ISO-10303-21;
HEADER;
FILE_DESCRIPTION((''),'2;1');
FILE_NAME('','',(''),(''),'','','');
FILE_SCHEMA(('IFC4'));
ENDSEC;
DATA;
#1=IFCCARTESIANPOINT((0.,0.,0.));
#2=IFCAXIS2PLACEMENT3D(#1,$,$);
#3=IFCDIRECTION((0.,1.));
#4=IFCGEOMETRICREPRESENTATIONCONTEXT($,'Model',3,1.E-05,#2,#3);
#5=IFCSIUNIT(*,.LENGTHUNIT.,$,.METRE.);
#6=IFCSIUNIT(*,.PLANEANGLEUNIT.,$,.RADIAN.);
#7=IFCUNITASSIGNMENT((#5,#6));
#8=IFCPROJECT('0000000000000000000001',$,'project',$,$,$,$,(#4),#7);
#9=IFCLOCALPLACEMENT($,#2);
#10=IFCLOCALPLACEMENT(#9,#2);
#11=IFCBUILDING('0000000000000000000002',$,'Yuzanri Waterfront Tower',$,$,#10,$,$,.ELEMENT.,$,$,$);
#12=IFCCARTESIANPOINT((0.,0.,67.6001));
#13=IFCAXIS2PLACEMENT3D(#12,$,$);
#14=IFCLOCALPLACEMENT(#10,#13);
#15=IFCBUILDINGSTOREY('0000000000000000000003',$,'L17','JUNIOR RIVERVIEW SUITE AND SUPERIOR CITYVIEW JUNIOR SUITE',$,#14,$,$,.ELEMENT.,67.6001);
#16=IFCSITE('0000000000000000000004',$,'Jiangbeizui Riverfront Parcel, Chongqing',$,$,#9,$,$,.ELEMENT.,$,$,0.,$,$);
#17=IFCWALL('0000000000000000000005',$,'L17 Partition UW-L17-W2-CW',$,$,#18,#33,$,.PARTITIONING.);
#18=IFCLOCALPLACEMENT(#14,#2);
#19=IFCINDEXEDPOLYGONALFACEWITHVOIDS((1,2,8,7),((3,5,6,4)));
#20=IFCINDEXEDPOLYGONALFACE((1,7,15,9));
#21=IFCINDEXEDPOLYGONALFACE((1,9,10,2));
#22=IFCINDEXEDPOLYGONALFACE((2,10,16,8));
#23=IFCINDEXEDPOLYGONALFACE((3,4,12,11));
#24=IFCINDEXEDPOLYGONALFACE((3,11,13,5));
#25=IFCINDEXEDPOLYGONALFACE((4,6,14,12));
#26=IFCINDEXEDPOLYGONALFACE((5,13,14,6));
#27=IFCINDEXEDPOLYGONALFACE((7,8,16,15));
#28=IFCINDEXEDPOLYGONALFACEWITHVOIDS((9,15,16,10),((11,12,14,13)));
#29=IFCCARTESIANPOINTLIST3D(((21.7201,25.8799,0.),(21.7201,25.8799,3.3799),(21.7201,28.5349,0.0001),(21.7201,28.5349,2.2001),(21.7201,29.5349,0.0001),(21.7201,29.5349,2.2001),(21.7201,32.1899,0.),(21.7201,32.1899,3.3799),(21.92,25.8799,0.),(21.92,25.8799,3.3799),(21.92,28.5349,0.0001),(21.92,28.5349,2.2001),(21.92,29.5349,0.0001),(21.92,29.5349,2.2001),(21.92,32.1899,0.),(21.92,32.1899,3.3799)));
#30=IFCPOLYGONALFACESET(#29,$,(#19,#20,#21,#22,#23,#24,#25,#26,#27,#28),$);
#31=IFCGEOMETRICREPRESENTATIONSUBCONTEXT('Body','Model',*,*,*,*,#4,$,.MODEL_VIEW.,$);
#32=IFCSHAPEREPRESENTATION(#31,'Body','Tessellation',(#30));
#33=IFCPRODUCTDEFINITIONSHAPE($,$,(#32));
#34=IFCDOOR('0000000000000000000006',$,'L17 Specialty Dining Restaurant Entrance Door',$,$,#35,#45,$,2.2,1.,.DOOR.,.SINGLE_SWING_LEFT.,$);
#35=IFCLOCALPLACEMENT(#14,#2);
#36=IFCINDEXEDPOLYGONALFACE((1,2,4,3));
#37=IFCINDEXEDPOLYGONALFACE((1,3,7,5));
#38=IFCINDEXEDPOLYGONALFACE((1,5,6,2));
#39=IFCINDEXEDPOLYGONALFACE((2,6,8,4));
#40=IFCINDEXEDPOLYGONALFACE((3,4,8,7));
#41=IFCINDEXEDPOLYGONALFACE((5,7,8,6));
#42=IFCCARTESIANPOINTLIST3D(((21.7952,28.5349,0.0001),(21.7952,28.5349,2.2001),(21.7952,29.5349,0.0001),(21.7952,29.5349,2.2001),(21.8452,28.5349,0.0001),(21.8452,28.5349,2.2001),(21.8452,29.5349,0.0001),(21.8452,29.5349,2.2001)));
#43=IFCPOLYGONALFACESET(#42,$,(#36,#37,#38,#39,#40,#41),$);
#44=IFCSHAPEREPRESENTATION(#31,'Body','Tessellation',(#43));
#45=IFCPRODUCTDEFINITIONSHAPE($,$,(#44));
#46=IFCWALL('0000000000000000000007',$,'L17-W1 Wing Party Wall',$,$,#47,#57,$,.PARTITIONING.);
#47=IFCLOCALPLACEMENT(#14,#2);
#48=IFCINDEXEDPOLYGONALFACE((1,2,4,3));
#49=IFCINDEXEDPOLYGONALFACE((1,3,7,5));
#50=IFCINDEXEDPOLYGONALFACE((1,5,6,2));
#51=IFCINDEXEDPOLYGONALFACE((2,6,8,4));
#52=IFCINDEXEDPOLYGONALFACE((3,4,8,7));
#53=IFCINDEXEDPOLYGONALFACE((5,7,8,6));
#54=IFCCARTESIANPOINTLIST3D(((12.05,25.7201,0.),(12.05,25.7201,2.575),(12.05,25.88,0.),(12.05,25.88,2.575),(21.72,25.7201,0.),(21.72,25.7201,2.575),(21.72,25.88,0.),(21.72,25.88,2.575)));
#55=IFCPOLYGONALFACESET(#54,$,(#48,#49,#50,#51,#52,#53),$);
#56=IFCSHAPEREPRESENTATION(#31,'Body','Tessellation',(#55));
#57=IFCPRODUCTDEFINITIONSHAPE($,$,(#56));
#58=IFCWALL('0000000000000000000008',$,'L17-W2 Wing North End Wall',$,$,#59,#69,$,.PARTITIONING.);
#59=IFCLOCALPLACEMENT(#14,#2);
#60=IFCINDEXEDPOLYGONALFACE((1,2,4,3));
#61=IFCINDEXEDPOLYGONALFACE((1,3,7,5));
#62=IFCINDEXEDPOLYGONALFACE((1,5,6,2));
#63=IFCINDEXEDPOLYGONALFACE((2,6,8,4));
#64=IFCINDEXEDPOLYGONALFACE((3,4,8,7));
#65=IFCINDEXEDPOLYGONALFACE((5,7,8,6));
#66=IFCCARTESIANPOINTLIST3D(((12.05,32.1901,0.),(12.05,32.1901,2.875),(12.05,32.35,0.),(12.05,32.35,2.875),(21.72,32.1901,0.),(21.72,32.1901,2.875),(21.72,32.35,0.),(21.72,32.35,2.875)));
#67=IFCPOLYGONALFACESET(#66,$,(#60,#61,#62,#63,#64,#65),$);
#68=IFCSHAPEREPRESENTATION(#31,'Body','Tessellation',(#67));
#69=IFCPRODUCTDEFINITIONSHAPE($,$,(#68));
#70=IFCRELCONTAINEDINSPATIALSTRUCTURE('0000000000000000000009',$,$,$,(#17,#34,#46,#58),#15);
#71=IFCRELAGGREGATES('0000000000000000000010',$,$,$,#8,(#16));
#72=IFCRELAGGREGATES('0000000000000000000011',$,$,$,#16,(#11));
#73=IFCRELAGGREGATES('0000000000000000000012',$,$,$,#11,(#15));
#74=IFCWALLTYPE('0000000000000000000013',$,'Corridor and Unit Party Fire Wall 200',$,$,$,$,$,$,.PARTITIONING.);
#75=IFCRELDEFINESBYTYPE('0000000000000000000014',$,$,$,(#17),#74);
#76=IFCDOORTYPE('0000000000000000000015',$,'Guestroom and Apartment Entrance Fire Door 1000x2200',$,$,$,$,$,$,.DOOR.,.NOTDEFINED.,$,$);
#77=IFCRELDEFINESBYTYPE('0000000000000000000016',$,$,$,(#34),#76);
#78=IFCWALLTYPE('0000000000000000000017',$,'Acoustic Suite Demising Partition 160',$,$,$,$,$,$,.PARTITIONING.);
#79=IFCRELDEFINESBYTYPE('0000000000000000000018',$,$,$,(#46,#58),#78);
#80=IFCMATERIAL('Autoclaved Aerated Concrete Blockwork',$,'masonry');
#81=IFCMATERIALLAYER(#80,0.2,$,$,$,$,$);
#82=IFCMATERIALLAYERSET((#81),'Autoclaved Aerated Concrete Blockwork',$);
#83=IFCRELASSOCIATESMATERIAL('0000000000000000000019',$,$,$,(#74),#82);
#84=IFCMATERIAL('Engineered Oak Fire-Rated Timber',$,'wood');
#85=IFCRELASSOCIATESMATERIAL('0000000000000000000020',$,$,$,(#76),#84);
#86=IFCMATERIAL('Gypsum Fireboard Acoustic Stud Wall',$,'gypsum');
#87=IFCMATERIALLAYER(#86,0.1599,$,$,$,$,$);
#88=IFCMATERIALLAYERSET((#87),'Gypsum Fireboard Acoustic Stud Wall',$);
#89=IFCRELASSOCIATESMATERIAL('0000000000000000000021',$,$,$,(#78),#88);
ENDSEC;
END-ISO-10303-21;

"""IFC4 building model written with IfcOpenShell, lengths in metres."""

from ifc_helpers import new_model, si_unit, direction, frame, frame_2d, origin, place, context, subcontext, project, spatial, rectangle, extrude, source, transform, mapped, material, layer, layer_set, type_object, element, fill, save


model = new_model("IFC4")

# Units and contexts
model_context = context("Model", 3, precision=1e-05, world=origin(), true_north=direction((0.0, 1.0)))
body_context = subcontext(model_context, "Body", "Model", "MODEL_VIEW")
ifc_project = project(units=[si_unit("LENGTHUNIT", "METRE"), si_unit("PLANEANGLEUNIT", "RADIAN")], contexts=[model_context])

# Site, building, storey
site_placement = place(None, origin())
site = spatial("IfcSite", under=ifc_project, at=site_placement, Name="Jiangbeizui Riverfront Parcel, Chongqing", CompositionType="ELEMENT", RefElevation=0.0)
building_placement = place(site_placement, origin())
building = spatial("IfcBuilding", under=site, at=building_placement, Name="Yuzanri Waterfront Tower", CompositionType="ELEMENT")
storey_placement = place(building_placement, frame((0.0, 0.0, 67.6001)))
storey = spatial("IfcBuildingStorey", under=building, at=storey_placement, Name="L17", Description="JUNIOR RIVERVIEW SUITE AND SUPERIOR CITYVIEW JUNIOR SUITE", CompositionType="ELEMENT", Elevation=67.6001)

# Wall, opening, door
ifc_material_1 = material(Name="Autoclaved Aerated Concrete Blockwork", Category="masonry")
ifc_layer_1 = layer(ifc_material_1, 0.2)
ifc_layer_set_1 = layer_set([ifc_layer_1], Name="Autoclaved Aerated Concrete Blockwork")
wall_type_1 = type_object("IfcWallType", Name="Corridor and Unit Party Fire Wall 200", PredefinedType="PARTITIONING", material=ifc_layer_set_1)
ifc_material_2 = material(Name="Engineered Oak Fire-Rated Timber", Category="wood")
door_type_1 = type_object("IfcDoorType", Name="Guestroom and Apartment Entrance Fire Door 1000x2200", OperationType="NOTDEFINED", PredefinedType="DOOR", material=ifc_material_2)
shared_shape_1 = source(origin(), body_context, "Body", "SweptSolid", [
    extrude(rectangle(XDim=1.0, YDim=2.2, at=frame_2d((0.5, 1.1001))), frame((0.0, 0.0249, 0.0), z_axis=(0.0, -1.0, 0.0), x_axis=(1.0, 0.0, 0.0)), (0.0, 0.0, 1.0), 0.05),
])
wall_1_placement = place(storey_placement, frame((21.8201, 25.8799, 0.0), z_axis=(0.0, 0.0, 1.0), x_axis=(0.0, 1.0, 0.0)))
wall_1 = element("IfcWall", 1, at=wall_1_placement, inside=storey, type_object=wall_type_1, Name="L17 Partition UW-L17-W2-CW", PredefinedType="PARTITIONING", context=body_context, shape_type="SweptSolid", body=[
    extrude(rectangle(XDim=6.3101, YDim=0.2, at=frame_2d((3.155, 0.0))), origin(), (0.0, 0.0, 1.0), 3.3799),
])
opening_1_placement = place(wall_1_placement, frame((2.655, 0.0, 0.0)))
opening_1 = element("IfcOpeningElement", 2, at=opening_1_placement, cuts=wall_1, PredefinedType="OPENING", context=body_context, shape_type="SweptSolid", body=[
    extrude(rectangle(XDim=1.0, YDim=2.2, at=frame_2d((0.5, 1.1001))), frame((0.0, 0.1147, 0.0), z_axis=(0.0, -1.0, 0.0), x_axis=(1.0, 0.0, 0.0)), (0.0, 0.0, 1.0), 0.2297),
])
door_1_placement = place(opening_1_placement, origin())
door_1 = element("IfcDoor", 3, at=door_1_placement, inside=storey, type_object=door_type_1, Name="L17 Specialty Dining Restaurant Entrance Door", OperationType="SINGLE_SWING_LEFT", OverallHeight=2.2, OverallWidth=1.0, PredefinedType="DOOR", context=body_context, shape_type="MappedRepresentation", body=[
    mapped(shared_shape_1, transform((0.0, 0.0, 0.0), scale=1.0)),
])
fill(opening_1, door_1)

# Walls
ifc_material_3 = material(Name="Gypsum Fireboard Acoustic Stud Wall", Category="gypsum")
ifc_layer_2 = layer(ifc_material_3, 0.1599)
ifc_layer_set_2 = layer_set([ifc_layer_2], Name="Gypsum Fireboard Acoustic Stud Wall")
wall_type_2 = type_object("IfcWallType", Name="Acoustic Suite Demising Partition 160", PredefinedType="PARTITIONING", material=ifc_layer_set_2)
shared_shape_2 = source(origin(), body_context, "Body", "SweptSolid", [
    extrude(rectangle(XDim=9.6699, YDim=0.1599, at=frame_2d((4.835, 0.0))), origin(), (0.0, 0.0, 1.0), 2.575),
])
wall_2_placement = place(storey_placement, frame((12.05, 25.8, 0.0), z_axis=(0.0, 0.0, 1.0), x_axis=(1.0, 0.0, 0.0)))
element("IfcWall", 4, at=wall_2_placement, inside=storey, type_object=wall_type_2, Name="L17-W1 Wing Party Wall", PredefinedType="PARTITIONING", context=body_context, shape_type="MappedRepresentation", body=[
    mapped(shared_shape_2, transform((0.0, 0.0, 0.0), scale=1.0)),
])
shared_shape_3 = source(origin(), body_context, "Body", "SweptSolid", [
    extrude(rectangle(XDim=9.6699, YDim=0.1599, at=frame_2d((4.835, 0.0))), origin(), (0.0, 0.0, 1.0), 2.875),
])
wall_3_placement = place(storey_placement, frame((12.05, 32.27, 0.0), z_axis=(0.0, 0.0, 1.0), x_axis=(1.0, 0.0, 0.0)))
element("IfcWall", 5, at=wall_3_placement, inside=storey, type_object=wall_type_2, Name="L17-W2 Wing North End Wall", PredefinedType="PARTITIONING", context=body_context, shape_type="MappedRepresentation", body=[
    mapped(shared_shape_3, transform((0.0, 0.0, 0.0), scale=1.0)),
])

save(model, "model.ifc")
